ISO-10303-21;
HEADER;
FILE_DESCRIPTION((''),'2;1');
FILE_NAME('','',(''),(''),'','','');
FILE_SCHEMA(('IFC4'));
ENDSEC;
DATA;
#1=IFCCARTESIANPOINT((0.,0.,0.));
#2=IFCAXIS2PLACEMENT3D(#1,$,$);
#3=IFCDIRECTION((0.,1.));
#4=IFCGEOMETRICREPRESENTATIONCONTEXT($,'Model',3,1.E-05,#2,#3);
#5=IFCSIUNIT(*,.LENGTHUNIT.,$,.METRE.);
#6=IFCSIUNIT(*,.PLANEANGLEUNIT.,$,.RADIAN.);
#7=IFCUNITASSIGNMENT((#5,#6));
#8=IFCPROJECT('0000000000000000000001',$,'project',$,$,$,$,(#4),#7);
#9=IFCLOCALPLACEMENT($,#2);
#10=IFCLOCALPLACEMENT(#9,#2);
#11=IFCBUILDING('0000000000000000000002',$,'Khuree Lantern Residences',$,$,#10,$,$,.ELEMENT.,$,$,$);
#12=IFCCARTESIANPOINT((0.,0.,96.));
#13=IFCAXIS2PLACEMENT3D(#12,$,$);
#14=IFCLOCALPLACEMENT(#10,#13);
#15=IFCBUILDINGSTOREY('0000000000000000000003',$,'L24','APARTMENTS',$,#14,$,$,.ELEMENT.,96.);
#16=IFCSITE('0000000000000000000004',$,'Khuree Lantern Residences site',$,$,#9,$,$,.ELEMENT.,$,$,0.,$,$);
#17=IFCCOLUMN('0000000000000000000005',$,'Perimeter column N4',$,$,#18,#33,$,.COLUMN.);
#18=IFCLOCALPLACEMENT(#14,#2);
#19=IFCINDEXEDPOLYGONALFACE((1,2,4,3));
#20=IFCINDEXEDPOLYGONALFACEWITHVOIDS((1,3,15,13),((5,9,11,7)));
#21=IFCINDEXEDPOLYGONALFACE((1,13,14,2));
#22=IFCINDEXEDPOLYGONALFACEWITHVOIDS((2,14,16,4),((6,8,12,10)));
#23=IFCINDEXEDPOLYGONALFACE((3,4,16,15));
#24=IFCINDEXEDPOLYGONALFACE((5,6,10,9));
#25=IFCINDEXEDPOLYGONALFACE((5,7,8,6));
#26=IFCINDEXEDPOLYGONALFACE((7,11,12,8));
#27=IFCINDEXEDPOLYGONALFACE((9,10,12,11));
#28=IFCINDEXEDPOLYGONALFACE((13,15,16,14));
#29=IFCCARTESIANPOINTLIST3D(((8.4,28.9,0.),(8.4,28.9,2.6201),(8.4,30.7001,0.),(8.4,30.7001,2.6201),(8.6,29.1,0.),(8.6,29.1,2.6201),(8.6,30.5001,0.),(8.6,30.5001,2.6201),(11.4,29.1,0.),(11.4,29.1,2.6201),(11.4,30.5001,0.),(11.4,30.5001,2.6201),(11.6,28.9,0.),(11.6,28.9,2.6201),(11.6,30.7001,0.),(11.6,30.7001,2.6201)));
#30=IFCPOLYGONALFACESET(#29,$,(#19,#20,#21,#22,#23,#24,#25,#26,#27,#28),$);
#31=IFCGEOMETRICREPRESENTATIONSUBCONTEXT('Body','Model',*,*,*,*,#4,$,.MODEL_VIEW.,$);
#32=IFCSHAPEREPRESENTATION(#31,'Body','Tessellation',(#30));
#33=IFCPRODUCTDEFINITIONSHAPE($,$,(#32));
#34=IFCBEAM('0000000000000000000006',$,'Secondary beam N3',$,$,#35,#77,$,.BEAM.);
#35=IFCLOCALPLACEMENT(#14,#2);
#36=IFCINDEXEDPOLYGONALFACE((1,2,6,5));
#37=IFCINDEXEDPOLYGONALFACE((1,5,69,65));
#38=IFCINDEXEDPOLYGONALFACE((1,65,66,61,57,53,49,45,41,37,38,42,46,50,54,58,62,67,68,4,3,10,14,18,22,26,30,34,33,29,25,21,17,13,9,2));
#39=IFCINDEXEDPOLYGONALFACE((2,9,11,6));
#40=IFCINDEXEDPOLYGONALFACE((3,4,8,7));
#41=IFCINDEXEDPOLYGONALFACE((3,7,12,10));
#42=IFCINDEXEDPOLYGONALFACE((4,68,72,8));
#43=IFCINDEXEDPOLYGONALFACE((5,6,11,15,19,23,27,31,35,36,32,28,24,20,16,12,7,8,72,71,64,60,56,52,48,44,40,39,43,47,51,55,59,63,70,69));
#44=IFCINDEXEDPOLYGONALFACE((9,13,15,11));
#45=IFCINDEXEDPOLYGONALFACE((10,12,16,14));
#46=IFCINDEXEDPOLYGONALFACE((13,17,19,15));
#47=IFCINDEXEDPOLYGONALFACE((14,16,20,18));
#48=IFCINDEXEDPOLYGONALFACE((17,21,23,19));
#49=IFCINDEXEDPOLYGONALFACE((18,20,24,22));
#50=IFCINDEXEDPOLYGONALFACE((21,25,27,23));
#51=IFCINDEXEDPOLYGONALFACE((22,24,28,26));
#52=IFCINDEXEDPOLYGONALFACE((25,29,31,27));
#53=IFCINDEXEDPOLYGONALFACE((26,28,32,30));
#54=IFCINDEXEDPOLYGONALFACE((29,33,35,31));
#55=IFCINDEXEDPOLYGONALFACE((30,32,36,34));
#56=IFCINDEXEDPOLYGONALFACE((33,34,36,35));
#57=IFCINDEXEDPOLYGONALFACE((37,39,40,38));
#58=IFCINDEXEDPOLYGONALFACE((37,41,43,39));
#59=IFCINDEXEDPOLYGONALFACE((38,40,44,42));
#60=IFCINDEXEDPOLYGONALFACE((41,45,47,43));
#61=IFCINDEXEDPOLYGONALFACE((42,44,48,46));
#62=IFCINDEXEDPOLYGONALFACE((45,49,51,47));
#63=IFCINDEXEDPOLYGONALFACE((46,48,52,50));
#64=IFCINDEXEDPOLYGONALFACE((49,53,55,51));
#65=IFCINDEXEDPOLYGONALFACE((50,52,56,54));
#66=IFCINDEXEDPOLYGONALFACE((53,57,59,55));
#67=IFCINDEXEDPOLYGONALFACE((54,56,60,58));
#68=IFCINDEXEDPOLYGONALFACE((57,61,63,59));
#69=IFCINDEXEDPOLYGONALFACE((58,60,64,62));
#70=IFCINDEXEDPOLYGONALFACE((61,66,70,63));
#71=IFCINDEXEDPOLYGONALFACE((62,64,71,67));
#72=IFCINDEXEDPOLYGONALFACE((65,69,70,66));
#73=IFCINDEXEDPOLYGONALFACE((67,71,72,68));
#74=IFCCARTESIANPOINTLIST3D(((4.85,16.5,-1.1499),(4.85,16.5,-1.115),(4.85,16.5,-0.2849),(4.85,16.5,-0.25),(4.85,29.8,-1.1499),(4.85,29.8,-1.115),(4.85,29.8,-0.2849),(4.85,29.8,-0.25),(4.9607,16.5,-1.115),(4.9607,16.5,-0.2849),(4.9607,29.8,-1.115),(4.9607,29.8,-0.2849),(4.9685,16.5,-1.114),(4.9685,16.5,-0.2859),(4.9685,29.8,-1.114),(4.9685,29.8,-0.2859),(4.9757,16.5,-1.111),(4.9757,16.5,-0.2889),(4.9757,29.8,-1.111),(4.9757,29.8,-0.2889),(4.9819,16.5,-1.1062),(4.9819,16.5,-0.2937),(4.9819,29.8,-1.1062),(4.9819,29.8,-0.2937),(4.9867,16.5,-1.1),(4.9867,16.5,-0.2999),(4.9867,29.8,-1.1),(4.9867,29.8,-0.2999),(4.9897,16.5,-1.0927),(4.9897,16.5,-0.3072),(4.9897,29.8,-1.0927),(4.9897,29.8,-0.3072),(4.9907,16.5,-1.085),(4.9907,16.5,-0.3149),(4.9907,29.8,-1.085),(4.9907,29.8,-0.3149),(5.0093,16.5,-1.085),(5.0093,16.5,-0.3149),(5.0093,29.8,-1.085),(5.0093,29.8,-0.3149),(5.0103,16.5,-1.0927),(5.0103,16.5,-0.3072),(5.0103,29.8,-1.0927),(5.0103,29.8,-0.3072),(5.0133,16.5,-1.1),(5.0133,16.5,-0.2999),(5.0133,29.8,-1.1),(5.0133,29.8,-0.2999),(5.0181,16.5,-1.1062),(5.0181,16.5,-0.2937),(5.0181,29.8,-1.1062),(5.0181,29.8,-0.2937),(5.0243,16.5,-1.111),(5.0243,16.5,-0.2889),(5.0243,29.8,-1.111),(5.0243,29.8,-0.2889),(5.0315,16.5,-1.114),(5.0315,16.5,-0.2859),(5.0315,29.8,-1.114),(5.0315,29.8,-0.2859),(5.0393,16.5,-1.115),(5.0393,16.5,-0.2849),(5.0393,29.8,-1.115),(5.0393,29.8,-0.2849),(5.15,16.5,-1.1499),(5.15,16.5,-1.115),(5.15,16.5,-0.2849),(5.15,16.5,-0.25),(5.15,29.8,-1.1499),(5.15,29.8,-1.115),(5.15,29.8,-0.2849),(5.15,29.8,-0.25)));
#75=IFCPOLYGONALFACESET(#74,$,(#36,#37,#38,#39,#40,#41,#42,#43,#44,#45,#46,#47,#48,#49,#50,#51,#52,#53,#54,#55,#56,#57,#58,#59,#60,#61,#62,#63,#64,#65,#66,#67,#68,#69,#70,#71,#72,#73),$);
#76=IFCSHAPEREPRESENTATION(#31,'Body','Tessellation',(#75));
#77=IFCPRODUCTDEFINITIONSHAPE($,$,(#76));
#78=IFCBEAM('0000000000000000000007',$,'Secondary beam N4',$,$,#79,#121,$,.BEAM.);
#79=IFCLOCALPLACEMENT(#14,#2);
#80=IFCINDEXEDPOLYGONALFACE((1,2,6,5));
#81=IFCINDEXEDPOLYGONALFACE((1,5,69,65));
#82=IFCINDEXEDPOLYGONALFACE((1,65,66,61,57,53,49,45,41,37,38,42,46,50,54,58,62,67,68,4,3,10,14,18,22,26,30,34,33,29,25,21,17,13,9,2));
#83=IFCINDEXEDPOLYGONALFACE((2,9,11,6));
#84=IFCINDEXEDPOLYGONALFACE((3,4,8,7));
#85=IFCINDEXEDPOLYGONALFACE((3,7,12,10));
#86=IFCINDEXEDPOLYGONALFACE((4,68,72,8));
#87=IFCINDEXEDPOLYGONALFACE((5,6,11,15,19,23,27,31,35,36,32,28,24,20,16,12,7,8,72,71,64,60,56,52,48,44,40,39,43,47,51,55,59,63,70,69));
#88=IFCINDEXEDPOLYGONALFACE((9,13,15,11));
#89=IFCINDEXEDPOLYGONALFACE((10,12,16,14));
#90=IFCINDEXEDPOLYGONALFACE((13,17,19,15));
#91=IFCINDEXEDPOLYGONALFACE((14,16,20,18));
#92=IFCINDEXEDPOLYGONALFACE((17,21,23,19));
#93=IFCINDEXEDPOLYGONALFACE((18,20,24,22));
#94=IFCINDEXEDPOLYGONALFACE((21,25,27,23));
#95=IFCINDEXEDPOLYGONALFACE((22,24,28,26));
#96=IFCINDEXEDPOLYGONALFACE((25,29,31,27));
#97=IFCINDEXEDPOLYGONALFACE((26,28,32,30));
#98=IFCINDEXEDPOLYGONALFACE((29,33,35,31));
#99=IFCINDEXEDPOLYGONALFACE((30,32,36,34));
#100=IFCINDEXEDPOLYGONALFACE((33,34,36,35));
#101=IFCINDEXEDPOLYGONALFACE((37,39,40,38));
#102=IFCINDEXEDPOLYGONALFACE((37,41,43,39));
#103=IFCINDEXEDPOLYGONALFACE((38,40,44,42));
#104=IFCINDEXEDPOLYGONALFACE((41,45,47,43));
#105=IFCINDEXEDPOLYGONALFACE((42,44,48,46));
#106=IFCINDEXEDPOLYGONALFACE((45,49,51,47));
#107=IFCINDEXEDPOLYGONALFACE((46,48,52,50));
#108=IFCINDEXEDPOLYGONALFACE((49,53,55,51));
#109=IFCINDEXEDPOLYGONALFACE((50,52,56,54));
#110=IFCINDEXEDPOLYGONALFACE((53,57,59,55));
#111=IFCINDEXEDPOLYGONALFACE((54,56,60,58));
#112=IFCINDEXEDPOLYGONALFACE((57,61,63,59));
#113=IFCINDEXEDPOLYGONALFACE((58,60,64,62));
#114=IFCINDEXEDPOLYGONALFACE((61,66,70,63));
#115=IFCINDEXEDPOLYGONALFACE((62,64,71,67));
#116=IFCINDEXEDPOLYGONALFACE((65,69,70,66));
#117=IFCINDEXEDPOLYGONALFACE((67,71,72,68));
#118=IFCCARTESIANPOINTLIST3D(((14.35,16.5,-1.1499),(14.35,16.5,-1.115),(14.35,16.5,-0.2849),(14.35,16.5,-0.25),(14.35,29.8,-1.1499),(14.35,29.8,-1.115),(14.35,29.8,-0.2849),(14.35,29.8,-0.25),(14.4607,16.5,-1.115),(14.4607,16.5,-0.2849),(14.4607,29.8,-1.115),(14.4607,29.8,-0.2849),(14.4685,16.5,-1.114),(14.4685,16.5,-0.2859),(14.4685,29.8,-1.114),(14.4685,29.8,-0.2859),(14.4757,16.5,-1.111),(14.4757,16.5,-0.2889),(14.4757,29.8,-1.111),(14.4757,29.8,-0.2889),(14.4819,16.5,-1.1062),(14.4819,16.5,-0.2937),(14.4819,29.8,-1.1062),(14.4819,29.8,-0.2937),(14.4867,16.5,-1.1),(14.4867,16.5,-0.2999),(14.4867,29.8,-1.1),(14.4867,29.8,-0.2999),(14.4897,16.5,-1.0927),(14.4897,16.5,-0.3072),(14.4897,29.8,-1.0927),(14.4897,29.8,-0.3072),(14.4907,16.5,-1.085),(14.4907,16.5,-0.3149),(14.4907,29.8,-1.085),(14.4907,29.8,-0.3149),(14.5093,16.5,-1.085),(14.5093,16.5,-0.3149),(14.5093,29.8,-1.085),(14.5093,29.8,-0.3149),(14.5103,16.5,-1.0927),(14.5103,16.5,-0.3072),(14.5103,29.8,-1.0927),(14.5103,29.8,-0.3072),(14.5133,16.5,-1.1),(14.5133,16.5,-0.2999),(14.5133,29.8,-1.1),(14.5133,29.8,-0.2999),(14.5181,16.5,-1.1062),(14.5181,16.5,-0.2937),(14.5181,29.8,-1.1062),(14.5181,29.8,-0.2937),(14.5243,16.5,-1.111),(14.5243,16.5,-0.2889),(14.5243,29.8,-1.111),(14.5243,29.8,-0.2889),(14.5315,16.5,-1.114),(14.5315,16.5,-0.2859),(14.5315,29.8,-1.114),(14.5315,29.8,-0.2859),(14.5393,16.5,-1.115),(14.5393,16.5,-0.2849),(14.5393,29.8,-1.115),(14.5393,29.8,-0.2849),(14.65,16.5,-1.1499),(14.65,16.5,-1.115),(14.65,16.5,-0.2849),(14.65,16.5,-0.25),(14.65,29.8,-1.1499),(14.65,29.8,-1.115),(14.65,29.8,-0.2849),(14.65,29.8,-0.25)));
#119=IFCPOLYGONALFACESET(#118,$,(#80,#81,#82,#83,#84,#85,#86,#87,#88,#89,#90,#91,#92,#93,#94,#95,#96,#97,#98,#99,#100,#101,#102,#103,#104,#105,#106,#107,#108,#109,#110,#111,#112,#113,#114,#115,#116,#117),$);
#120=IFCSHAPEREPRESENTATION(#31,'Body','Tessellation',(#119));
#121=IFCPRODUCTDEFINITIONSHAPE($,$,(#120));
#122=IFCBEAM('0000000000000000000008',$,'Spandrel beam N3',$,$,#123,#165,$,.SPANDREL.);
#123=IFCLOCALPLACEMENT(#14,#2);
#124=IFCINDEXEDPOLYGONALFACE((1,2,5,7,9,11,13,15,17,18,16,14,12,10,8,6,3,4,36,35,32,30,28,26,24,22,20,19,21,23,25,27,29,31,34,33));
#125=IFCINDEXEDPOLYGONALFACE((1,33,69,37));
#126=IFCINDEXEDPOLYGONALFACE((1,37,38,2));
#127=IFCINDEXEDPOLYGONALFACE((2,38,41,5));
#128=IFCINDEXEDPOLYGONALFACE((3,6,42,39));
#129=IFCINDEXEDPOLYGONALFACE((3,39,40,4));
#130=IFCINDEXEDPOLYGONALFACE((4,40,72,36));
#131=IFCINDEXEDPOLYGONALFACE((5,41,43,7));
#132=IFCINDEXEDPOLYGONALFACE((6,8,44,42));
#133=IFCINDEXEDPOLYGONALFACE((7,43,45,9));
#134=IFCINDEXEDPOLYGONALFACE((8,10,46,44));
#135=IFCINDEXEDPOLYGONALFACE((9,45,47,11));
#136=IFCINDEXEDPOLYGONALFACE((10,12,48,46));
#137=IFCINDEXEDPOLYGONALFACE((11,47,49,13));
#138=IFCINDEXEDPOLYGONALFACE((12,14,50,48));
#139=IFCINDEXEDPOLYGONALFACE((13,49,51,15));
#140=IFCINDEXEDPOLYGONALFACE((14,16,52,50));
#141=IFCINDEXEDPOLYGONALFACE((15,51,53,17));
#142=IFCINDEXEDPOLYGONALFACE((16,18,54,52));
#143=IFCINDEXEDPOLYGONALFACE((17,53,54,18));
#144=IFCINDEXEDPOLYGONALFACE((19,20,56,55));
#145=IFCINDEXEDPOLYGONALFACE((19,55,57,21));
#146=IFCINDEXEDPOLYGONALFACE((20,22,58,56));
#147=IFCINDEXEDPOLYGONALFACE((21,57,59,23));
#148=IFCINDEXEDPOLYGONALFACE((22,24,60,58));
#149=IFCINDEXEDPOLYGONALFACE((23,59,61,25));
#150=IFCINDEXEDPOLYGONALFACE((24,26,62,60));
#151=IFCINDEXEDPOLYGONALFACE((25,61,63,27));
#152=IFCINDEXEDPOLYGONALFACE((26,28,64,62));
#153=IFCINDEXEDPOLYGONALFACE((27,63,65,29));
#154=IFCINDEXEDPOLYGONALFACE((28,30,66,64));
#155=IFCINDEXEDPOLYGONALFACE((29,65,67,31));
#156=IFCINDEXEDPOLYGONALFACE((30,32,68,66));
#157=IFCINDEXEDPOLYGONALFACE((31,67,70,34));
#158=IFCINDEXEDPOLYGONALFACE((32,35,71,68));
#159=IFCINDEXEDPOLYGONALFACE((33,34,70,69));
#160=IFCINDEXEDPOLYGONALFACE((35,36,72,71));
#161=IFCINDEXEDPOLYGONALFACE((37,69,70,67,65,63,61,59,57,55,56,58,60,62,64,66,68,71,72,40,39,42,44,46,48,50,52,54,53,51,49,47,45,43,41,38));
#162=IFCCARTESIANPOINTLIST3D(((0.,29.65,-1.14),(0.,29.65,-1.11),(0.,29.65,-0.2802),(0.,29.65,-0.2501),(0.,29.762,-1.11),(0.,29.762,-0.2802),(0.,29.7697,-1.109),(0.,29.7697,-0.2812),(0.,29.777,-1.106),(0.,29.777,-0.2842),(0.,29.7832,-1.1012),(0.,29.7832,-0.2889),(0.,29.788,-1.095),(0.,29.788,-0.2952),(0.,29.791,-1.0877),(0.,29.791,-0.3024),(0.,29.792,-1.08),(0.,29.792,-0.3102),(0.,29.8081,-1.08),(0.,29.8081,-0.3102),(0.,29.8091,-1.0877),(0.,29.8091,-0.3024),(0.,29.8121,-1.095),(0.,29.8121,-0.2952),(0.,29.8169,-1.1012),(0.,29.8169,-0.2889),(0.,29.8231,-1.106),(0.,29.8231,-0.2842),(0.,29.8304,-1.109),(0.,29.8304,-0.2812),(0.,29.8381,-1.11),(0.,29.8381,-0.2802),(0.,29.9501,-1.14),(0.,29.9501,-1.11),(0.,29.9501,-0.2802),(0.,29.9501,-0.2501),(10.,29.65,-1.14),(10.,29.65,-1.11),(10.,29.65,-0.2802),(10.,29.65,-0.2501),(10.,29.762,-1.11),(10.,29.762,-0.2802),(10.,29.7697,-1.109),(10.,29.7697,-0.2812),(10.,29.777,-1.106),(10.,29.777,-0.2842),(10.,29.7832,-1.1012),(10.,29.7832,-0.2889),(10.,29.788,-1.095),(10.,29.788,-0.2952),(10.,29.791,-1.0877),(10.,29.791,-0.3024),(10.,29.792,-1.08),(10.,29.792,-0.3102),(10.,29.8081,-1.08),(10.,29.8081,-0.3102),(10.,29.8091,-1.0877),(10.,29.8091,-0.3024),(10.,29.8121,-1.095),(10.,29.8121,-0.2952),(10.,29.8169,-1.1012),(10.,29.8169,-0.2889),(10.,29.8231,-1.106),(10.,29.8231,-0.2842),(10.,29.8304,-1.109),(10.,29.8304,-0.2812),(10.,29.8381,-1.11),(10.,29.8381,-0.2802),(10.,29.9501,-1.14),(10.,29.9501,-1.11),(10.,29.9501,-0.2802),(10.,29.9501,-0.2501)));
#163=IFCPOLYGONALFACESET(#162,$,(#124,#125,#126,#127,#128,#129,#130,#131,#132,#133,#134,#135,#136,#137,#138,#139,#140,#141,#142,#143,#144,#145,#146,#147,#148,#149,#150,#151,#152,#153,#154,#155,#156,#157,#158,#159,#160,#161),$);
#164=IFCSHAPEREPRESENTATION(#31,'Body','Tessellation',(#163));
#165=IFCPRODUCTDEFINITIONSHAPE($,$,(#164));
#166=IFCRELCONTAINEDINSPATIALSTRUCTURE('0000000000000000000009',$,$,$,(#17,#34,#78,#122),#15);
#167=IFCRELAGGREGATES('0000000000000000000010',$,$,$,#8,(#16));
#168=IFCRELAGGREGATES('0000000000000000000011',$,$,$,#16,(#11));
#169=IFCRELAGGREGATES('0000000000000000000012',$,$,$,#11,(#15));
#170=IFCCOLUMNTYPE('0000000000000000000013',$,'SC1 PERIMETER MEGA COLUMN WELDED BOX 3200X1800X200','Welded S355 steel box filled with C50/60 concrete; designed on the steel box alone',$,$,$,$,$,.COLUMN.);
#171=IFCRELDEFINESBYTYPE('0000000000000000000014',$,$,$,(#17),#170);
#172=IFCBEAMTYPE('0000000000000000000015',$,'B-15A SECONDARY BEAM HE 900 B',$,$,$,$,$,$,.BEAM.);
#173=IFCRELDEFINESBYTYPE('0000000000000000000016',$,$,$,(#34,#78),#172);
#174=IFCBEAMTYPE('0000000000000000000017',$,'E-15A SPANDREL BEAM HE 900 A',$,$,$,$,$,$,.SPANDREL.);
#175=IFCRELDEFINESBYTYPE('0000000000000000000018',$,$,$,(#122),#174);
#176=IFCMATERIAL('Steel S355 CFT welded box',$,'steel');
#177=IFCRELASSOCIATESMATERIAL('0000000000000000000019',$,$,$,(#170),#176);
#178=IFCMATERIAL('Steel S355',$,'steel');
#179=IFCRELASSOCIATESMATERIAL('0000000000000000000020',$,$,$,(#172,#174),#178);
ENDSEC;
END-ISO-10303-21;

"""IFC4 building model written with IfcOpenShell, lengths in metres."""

from ifc_helpers import new_model, si_unit, direction, frame, origin, origin_2d, place, context, subcontext, project, spatial, hollow_rectangle, i_section, extrude, material, material_profile, profile_set, type_object, element, save


model = new_model("IFC4")

# Units and contexts
model_context = context("Model", 3, precision=1e-05, world=origin(), true_north=direction((0.0, 1.0)))
body_context = subcontext(model_context, "Body", "Model", "MODEL_VIEW")
ifc_project = project(units=[si_unit("LENGTHUNIT", "METRE"), si_unit("PLANEANGLEUNIT", "RADIAN")], contexts=[model_context])

# Site, building, storey
site_placement = place(None, origin())
site = spatial("IfcSite", under=ifc_project, at=site_placement, Name="Khuree Lantern Residences site", CompositionType="ELEMENT", RefElevation=0.0)
building_placement = place(site_placement, origin())
building = spatial("IfcBuilding", under=site, at=building_placement, Name="Khuree Lantern Residences", CompositionType="ELEMENT")
storey_placement = place(building_placement, frame((0.0, 0.0, 96.0)))
storey = spatial("IfcBuildingStorey", under=building, at=storey_placement, Name="L24", Description="APARTMENTS", CompositionType="ELEMENT", Elevation=96.0)

# Column
ifc_material_1 = material(Name="Steel S355 CFT welded box", Category="steel")
ifc_material_profile_1 = material_profile(ifc_material_1, hollow_rectangle(XDim=3.2, YDim=1.8, WallThickness=0.2, at=origin_2d()), Name="WELDED BOX 3200X1800X200")
ifc_profile_set_1 = profile_set([ifc_material_profile_1], Name="Steel S355 CFT welded box")
column_type = type_object("IfcColumnType", Name="SC1 PERIMETER MEGA COLUMN WELDED BOX 3200X1800X200", Description="Welded S355 steel box filled with C50/60 concrete; designed on the steel box alone", PredefinedType="COLUMN", material=ifc_profile_set_1)
column_placement = place(storey_placement, frame((10.0, 29.8, 0.0), z_axis=(0.0, 0.0, 1.0), x_axis=(1.0, 0.0, 0.0)))
element("IfcColumn", 1, at=column_placement, inside=storey, type_object=column_type, Name="Perimeter column N4", PredefinedType="COLUMN", context=body_context, shape_type="SweptSolid", body=[
    extrude(hollow_rectangle(XDim=3.2, YDim=1.8, WallThickness=0.2, at=origin_2d()), origin(), (0.0, 0.0, 1.0), 2.6201),
])

# Beams
ifc_material_2 = material(Name="Steel S355", Category="steel")
ifc_material_profile_2 = material_profile(ifc_material_2, i_section(OverallWidth=0.3, OverallDepth=0.8999, WebThickness=0.0186, FlangeThickness=0.0349, FilletRadius=0.03, at=origin_2d()), Name="HE 900 B")
ifc_profile_set_2 = profile_set([ifc_material_profile_2], Name="Steel S355")
beam_type_1 = type_object("IfcBeamType", Name="B-15A SECONDARY BEAM HE 900 B", PredefinedType="BEAM", material=ifc_profile_set_2)
for number, where, z_axis, x_axis, name in (
    (2, (5.0, 29.8, -0.7), (0.0, -1.0, 0.0), (1.0, 0.0, 0.0), "Secondary beam N3"),
    (3, (14.5, 29.8, -0.7), (0.0, -1.0, 0.0), (1.0, 0.0, 0.0), "Secondary beam N4"),
):
    element("IfcBeam", number, at=place(storey_placement, frame(where, z_axis=z_axis, x_axis=x_axis)), inside=storey, type_object=beam_type_1, Name=name, PredefinedType="BEAM", context=body_context, shape_type="SweptSolid", body=[
        extrude(i_section(OverallWidth=0.3, OverallDepth=0.8999, WebThickness=0.0186, FlangeThickness=0.0349, FilletRadius=0.03, at=origin_2d()), origin(), (0.0, 0.0, 1.0), 13.3),
    ])
ifc_material_profile_3 = material_profile(ifc_material_2, i_section(OverallWidth=0.3, OverallDepth=0.8899, WebThickness=0.0161, FlangeThickness=0.03, FilletRadius=0.03, at=origin_2d()), Name="HE 900 A")
ifc_profile_set_3 = profile_set([ifc_material_profile_3], Name="Steel S355")
beam_type_2 = type_object("IfcBeamType", Name="E-15A SPANDREL BEAM HE 900 A", PredefinedType="SPANDREL", material=ifc_profile_set_3)
for number, where, z_axis, x_axis, name in (
    (4, (0.0, 29.8, -0.6951), (1.0, 0.0, 0.0), (0.0, 1.0, 0.0), "Spandrel beam N3"),
):
    element("IfcBeam", number, at=place(storey_placement, frame(where, z_axis=z_axis, x_axis=x_axis)), inside=storey, type_object=beam_type_2, Name=name, PredefinedType="SPANDREL", context=body_context, shape_type="SweptSolid", body=[
        extrude(i_section(OverallWidth=0.3, OverallDepth=0.8899, WebThickness=0.0161, FlangeThickness=0.03, FilletRadius=0.03, at=origin_2d()), origin(), (0.0, 0.0, 1.0), 10.0),
    ])

save(model, "model.ifc")
